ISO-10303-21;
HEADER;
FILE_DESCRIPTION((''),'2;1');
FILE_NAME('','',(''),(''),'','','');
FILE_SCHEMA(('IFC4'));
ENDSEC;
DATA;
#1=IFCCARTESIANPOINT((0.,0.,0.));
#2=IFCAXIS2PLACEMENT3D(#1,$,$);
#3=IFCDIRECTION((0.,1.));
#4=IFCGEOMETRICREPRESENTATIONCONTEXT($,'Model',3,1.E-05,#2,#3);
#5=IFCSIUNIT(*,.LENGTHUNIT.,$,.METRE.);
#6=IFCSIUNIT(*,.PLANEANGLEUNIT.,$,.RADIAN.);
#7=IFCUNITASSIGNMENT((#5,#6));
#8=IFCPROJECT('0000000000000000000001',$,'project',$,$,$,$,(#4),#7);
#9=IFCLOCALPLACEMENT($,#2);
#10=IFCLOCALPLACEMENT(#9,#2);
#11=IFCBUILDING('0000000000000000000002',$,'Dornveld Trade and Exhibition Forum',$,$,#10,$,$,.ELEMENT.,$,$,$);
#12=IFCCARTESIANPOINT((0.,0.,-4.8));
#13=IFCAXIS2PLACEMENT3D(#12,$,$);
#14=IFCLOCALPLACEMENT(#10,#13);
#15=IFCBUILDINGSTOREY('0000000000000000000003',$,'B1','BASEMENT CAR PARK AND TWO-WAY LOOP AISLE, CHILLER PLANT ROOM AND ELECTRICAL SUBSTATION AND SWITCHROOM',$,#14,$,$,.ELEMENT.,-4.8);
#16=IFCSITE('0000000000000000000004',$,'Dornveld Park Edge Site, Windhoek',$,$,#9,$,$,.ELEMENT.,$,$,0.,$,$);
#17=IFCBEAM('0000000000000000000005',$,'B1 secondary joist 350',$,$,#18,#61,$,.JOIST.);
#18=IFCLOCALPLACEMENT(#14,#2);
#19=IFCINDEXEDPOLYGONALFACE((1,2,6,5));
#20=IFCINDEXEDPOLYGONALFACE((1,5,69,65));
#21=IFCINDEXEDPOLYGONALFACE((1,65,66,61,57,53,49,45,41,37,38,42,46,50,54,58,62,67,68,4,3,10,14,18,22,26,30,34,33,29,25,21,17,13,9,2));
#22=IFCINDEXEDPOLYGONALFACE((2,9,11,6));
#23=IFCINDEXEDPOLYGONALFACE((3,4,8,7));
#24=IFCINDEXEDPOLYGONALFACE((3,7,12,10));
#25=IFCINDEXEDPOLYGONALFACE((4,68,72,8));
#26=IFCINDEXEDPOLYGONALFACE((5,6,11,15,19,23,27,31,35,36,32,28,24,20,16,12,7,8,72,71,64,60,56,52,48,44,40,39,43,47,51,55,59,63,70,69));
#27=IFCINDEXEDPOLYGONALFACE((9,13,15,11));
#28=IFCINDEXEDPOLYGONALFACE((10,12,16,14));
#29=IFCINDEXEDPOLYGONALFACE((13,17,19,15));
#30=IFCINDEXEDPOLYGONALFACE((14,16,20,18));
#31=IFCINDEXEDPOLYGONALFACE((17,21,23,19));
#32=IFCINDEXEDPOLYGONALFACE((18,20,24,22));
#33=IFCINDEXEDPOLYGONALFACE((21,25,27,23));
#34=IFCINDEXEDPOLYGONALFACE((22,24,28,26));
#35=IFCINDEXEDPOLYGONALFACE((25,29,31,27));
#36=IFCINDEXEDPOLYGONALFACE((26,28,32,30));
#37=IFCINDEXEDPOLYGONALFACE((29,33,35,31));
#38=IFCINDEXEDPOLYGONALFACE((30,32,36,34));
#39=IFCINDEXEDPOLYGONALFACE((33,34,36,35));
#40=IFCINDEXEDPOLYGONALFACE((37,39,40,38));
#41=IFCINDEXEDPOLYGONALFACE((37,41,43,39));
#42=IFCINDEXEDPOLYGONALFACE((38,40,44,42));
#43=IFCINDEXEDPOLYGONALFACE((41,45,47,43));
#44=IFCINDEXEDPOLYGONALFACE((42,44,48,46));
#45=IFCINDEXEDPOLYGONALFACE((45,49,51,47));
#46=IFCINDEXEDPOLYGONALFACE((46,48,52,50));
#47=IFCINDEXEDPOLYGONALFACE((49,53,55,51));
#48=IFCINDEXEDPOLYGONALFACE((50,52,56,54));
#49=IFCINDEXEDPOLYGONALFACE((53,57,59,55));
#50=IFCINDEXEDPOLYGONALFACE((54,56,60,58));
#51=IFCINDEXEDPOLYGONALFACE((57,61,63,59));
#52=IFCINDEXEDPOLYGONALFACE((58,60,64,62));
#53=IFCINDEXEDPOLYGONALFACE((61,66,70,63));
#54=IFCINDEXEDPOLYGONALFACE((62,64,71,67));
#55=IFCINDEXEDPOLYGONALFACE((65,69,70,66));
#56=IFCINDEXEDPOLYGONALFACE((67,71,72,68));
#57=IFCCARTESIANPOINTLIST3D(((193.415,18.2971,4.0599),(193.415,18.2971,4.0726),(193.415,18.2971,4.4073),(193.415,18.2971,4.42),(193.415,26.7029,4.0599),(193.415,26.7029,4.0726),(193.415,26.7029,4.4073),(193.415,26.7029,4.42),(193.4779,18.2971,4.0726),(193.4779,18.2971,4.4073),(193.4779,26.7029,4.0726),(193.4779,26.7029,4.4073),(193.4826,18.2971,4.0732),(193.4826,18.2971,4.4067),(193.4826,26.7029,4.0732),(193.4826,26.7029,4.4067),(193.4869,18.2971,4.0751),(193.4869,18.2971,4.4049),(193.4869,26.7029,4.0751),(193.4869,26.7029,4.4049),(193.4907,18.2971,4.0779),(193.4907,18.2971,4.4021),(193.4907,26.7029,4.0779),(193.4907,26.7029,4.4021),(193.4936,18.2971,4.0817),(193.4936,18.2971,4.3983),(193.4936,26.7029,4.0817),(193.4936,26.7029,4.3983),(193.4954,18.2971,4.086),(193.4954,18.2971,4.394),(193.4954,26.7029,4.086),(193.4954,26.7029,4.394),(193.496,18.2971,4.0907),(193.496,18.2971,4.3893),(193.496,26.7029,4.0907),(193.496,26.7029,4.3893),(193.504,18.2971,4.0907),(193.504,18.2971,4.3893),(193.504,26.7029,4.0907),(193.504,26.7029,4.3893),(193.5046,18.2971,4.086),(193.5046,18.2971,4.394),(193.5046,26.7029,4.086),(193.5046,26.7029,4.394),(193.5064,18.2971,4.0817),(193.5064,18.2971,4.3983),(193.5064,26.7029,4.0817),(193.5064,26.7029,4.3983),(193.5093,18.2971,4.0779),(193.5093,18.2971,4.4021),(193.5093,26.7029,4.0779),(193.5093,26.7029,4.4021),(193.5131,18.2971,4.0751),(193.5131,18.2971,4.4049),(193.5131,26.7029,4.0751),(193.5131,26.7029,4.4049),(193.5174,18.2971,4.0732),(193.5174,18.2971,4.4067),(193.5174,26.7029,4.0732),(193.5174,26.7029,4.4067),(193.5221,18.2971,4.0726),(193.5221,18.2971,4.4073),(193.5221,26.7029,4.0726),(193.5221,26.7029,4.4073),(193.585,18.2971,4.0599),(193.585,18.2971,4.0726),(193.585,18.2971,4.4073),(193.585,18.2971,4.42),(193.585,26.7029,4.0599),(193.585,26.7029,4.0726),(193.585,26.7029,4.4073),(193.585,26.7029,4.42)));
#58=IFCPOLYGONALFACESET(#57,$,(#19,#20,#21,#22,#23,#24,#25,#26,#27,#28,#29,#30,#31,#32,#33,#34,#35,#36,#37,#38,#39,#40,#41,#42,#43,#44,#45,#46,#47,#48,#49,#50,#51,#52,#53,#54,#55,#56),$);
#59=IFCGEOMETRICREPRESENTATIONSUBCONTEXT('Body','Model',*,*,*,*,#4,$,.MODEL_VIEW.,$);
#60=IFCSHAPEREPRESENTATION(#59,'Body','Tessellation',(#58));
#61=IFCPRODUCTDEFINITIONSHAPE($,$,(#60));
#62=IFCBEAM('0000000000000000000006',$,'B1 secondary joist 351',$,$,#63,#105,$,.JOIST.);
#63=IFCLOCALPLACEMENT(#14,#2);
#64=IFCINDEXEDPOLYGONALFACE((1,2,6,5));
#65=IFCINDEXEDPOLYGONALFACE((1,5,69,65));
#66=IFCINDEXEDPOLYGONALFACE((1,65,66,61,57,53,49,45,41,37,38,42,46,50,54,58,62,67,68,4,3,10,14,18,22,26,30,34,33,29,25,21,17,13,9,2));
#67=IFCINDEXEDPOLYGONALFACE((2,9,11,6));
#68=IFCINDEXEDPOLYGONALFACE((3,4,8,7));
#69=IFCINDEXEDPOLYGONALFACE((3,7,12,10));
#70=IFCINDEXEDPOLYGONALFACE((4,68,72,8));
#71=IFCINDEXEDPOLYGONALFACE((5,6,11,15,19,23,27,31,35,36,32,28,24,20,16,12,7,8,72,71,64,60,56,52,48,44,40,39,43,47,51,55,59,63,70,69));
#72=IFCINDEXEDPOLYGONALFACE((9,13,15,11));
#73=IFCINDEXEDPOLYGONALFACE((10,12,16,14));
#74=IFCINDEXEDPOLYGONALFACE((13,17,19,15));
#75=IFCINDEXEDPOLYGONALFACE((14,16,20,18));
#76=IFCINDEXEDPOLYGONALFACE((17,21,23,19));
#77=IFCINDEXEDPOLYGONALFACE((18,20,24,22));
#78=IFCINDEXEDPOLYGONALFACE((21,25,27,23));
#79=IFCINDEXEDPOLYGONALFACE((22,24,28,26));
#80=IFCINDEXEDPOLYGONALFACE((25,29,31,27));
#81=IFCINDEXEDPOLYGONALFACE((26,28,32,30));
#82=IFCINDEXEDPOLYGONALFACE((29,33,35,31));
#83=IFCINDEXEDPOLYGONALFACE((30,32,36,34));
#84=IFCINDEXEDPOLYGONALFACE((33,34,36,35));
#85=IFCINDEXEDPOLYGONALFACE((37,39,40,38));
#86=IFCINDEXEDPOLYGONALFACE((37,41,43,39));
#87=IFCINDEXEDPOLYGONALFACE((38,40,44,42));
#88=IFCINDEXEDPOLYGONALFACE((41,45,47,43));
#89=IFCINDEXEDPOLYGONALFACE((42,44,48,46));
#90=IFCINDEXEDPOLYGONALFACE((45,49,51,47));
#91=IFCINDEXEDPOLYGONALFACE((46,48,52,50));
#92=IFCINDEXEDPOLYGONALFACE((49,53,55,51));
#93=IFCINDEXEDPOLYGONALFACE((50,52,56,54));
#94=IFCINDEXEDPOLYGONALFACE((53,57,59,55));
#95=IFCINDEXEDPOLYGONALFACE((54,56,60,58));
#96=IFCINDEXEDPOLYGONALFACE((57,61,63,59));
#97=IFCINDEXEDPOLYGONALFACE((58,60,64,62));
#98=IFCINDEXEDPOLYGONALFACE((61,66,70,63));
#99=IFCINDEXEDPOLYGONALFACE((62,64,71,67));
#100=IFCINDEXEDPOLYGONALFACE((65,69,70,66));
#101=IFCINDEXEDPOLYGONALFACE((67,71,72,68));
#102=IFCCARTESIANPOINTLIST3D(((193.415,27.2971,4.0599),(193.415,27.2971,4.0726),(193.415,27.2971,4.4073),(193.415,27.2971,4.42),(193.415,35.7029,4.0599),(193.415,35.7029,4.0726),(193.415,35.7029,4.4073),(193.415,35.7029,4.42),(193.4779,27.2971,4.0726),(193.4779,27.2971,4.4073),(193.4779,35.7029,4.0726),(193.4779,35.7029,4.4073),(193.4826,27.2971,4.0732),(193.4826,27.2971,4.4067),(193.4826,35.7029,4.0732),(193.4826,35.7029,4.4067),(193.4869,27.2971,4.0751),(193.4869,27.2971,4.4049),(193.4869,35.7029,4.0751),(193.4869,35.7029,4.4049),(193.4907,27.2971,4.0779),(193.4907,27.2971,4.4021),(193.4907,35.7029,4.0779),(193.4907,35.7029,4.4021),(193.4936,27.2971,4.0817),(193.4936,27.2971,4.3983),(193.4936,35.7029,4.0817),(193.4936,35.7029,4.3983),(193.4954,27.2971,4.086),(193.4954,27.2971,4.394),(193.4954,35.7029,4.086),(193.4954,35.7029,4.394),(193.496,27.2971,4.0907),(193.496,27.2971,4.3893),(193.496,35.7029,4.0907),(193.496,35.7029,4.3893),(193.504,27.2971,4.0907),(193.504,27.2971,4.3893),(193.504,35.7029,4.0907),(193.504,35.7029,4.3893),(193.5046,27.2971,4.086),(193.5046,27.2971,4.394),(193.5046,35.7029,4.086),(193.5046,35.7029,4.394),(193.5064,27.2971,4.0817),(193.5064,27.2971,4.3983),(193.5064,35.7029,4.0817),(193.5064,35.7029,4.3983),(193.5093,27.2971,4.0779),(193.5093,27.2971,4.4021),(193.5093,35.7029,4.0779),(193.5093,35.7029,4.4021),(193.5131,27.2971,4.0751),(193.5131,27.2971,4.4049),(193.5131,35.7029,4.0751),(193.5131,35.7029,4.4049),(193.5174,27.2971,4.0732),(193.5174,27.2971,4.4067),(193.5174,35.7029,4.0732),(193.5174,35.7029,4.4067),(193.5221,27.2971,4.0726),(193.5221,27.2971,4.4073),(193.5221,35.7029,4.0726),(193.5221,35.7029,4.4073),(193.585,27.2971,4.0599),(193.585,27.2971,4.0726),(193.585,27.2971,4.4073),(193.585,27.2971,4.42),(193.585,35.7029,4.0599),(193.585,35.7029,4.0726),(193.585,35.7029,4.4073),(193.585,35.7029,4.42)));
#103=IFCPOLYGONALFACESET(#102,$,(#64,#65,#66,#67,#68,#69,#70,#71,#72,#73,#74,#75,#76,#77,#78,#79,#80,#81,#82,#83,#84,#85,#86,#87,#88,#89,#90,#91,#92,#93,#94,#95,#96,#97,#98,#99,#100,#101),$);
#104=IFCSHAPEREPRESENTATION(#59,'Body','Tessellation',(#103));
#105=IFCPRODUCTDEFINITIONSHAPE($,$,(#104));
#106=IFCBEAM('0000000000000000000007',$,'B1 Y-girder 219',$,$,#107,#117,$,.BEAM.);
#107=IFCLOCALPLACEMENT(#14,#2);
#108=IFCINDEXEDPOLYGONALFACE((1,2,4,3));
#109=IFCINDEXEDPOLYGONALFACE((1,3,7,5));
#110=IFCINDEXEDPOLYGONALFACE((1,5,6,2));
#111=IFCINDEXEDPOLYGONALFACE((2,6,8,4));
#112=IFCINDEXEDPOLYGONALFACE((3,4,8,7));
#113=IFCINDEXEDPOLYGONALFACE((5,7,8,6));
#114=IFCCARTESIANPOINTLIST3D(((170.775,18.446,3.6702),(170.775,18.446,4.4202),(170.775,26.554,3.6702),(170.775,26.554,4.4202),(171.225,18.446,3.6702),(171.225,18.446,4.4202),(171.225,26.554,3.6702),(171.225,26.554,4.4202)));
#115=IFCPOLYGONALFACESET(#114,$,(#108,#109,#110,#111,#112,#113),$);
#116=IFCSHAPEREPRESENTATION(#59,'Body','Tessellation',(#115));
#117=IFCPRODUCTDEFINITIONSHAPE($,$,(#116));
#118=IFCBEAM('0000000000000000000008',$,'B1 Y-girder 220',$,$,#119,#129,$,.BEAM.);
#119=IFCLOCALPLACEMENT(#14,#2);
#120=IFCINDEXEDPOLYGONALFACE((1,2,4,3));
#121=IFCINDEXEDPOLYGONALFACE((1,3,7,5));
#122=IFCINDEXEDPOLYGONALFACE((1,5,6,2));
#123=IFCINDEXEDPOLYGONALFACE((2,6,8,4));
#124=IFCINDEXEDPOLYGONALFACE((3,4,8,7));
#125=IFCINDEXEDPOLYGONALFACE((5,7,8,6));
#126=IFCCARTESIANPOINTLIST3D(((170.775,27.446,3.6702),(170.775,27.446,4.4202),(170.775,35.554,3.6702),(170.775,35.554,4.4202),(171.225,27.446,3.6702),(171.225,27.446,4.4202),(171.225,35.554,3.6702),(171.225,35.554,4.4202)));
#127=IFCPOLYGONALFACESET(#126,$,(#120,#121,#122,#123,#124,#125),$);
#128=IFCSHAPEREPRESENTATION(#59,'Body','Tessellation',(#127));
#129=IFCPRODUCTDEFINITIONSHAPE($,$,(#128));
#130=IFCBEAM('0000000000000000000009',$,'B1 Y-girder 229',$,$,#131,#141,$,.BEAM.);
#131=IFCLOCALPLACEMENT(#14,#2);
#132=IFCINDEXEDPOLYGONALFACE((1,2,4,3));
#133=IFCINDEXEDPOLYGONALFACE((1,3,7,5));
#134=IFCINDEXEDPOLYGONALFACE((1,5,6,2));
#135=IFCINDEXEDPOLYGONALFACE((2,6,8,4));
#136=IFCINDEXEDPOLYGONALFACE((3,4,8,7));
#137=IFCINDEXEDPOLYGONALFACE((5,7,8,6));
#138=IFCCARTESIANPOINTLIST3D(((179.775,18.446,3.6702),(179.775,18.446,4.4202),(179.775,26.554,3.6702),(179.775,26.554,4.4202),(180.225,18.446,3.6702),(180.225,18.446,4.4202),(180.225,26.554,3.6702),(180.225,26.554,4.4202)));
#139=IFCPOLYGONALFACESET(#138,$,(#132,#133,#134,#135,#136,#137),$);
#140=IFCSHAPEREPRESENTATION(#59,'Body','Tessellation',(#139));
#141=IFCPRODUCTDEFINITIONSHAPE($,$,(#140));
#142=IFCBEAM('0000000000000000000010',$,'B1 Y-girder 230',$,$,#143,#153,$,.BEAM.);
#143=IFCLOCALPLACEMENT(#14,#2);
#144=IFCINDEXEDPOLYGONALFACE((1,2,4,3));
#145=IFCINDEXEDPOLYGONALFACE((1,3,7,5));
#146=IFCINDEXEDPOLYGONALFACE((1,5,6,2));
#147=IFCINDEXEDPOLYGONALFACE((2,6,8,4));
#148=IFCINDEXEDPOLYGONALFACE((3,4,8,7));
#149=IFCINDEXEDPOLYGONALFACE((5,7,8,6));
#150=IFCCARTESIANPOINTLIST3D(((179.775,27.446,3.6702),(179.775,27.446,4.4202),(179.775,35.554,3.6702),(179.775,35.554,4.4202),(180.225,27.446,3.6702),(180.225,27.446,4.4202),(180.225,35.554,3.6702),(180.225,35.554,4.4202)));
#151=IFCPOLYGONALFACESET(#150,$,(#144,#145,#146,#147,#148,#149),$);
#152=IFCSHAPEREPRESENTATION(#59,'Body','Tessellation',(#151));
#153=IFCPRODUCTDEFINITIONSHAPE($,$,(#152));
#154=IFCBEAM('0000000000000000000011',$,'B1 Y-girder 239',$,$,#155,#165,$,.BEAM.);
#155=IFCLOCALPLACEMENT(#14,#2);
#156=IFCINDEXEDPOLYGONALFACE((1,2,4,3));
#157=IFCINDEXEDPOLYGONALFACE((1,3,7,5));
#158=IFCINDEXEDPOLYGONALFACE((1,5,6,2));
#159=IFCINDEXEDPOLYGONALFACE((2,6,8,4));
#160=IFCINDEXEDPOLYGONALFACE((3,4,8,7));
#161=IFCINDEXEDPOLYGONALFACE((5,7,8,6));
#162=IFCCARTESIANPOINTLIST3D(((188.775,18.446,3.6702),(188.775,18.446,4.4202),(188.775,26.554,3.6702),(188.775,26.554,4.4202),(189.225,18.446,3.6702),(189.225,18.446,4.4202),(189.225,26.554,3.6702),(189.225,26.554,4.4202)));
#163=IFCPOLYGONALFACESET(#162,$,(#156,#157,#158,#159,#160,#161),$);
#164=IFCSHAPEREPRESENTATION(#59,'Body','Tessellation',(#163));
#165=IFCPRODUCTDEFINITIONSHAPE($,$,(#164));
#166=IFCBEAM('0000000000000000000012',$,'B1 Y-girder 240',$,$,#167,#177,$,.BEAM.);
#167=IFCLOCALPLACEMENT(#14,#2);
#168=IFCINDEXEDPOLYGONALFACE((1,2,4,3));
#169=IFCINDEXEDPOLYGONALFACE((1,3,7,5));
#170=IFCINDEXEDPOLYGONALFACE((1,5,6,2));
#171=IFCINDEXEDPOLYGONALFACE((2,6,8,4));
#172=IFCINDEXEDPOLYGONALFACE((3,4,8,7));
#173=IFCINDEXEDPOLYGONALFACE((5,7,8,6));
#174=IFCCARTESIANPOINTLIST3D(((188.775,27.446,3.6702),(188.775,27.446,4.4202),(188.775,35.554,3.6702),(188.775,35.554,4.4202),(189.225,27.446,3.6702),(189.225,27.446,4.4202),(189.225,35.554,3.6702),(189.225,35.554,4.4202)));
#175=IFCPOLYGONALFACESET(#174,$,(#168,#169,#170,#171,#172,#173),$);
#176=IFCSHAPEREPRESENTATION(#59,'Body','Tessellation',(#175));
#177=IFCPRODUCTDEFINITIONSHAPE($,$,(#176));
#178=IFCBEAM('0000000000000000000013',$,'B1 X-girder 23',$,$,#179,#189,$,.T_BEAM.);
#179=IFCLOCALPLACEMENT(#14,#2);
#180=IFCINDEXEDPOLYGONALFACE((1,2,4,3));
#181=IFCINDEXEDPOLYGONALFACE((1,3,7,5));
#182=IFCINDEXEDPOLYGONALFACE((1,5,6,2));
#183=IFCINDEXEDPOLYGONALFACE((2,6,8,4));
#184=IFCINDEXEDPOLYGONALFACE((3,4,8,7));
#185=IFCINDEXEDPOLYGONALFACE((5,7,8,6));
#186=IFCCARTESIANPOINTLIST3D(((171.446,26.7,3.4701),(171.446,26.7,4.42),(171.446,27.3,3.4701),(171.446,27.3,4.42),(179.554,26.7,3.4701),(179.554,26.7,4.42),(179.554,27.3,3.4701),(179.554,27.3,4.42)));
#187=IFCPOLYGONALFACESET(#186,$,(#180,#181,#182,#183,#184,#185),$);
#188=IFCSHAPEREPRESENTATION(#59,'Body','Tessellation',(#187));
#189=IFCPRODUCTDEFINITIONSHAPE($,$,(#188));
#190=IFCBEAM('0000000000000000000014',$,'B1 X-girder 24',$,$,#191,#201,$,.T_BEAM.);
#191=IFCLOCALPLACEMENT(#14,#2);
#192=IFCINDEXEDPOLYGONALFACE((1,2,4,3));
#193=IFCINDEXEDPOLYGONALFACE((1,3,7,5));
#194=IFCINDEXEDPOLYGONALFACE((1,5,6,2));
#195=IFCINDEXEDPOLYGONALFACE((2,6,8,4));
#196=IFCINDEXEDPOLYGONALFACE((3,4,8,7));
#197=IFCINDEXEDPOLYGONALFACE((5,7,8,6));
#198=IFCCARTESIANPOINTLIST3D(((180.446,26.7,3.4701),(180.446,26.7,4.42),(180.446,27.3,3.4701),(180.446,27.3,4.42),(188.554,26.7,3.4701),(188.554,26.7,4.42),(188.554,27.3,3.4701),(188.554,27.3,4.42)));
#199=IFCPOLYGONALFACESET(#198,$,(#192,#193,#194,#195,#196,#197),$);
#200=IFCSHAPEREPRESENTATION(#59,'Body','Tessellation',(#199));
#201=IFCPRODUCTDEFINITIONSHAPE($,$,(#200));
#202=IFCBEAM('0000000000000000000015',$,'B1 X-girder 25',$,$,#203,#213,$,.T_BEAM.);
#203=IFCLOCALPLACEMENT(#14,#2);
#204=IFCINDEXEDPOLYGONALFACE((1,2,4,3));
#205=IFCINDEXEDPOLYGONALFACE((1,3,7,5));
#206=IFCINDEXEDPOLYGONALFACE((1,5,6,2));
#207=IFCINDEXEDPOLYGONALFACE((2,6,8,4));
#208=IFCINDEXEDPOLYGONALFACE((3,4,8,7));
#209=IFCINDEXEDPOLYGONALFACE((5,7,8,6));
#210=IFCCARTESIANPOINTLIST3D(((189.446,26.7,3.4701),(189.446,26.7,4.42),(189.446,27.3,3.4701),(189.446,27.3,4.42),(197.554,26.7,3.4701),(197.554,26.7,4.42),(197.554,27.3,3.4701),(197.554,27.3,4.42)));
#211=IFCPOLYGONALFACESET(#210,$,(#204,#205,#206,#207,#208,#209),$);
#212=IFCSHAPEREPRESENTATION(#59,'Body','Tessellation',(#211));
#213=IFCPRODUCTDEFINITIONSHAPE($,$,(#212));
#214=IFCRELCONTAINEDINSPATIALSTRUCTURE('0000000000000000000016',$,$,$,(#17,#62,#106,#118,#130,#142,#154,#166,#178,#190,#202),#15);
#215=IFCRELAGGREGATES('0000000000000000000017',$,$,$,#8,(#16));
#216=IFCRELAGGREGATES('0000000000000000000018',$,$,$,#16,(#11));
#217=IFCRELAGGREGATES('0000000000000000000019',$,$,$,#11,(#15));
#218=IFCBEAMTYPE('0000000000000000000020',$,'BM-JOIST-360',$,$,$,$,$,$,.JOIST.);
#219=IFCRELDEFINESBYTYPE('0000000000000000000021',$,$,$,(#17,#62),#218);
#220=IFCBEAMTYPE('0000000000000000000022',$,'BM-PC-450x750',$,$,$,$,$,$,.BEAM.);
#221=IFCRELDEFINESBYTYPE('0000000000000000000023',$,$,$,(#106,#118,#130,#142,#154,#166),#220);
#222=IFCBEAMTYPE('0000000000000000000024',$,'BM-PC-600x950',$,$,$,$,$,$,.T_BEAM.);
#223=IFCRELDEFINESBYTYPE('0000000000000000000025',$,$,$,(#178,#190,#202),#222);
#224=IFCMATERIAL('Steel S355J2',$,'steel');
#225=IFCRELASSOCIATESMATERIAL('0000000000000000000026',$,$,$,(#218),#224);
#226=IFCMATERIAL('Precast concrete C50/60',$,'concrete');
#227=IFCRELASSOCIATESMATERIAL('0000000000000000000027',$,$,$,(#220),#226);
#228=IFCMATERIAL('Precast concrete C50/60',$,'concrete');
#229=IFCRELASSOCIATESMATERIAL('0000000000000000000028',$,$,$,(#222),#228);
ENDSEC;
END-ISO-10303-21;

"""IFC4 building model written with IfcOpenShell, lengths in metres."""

from ifc_helpers import new_model, si_unit, direction, frame, origin, origin_2d, place, context, subcontext, project, spatial, rectangle, i_section, extrude, material, material_profile, profile_set, type_object, element, save


model = new_model("IFC4")

# Units and contexts
model_context = context("Model", 3, precision=1e-05, world=origin(), true_north=direction((0.0, 1.0)))
body_context = subcontext(model_context, "Body", "Model", "MODEL_VIEW")
ifc_project = project(units=[si_unit("LENGTHUNIT", "METRE"), si_unit("PLANEANGLEUNIT", "RADIAN")], contexts=[model_context])

# Site, building, storey
site_placement = place(None, origin())
site = spatial("IfcSite", under=ifc_project, at=site_placement, Name="Dornveld Park Edge Site, Windhoek", CompositionType="ELEMENT", RefElevation=0.0)
building_placement = place(site_placement, origin())
building = spatial("IfcBuilding", under=site, at=building_placement, Name="Dornveld Trade and Exhibition Forum", CompositionType="ELEMENT")
storey_placement = place(building_placement, frame((0.0, 0.0, -4.8)))
storey = spatial("IfcBuildingStorey", under=building, at=storey_placement, Name="B1", Description="BASEMENT CAR PARK AND TWO-WAY LOOP AISLE, CHILLER PLANT ROOM AND ELECTRICAL SUBSTATION AND SWITCHROOM", CompositionType="ELEMENT", Elevation=-4.8)

# Beams
ifc_material_1 = material(Name="Steel S355J2", Category="steel")
ifc_material_profile_1 = material_profile(ifc_material_1, i_section(OverallWidth=0.1699, OverallDepth=0.3601, WebThickness=0.0081, FlangeThickness=0.0127, FilletRadius=0.0181, at=origin_2d()), Name="IPE 360")
ifc_profile_set_1 = profile_set([ifc_material_profile_1], Name="Steel S355J2")
beam_type_1 = type_object("IfcBeamType", Name="BM-JOIST-360", PredefinedType="JOIST", material=ifc_profile_set_1)
for number, where, z_axis, x_axis, name in (
    (1, (193.5, 18.2971, 4.24), (0.0, 1.0, 0.0), (-1.0, 0.0, 0.0), "B1 secondary joist 350"),
    (2, (193.5, 27.2971, 4.24), (0.0, 1.0, 0.0), (-1.0, 0.0, 0.0), "B1 secondary joist 351"),
):
    element("IfcBeam", number, at=place(storey_placement, frame(where, z_axis=z_axis, x_axis=x_axis)), inside=storey, type_object=beam_type_1, Name=name, PredefinedType="JOIST", context=body_context, shape_type="SweptSolid", body=[
        extrude(i_section(OverallWidth=0.1699, OverallDepth=0.3601, WebThickness=0.0081, FlangeThickness=0.0127, FilletRadius=0.0181, at=origin_2d()), origin(), (0.0, 0.0, 1.0), 8.4058),
    ])
ifc_material_2 = material(Name="Precast concrete C50/60", Category="concrete")
ifc_material_profile_2 = material_profile(ifc_material_2, rectangle(XDim=0.45, YDim=0.75, at=origin_2d()), Name="PC-BM 450x750")
ifc_profile_set_2 = profile_set([ifc_material_profile_2], Name="Precast concrete C50/60")
beam_type_2 = type_object("IfcBeamType", Name="BM-PC-450x750", PredefinedType="BEAM", material=ifc_profile_set_2)
for number, where, z_axis, x_axis, name in (
    (3, (171.0, 18.446, 4.0452), (0.0, 1.0, 0.0), (-1.0, 0.0, 0.0), "B1 Y-girder 219"),
    (4, (171.0, 27.446, 4.0452), (0.0, 1.0, 0.0), (-1.0, 0.0, 0.0), "B1 Y-girder 220"),
    (5, (180.0, 18.446, 4.0452), (0.0, 1.0, 0.0), (-1.0, 0.0, 0.0), "B1 Y-girder 229"),
    (6, (180.0, 27.446, 4.0452), (0.0, 1.0, 0.0), (-1.0, 0.0, 0.0), "B1 Y-girder 230"),
    (7, (189.0, 18.446, 4.0452), (0.0, 1.0, 0.0), (-1.0, 0.0, 0.0), "B1 Y-girder 239"),
    (8, (189.0, 27.446, 4.0452), (0.0, 1.0, 0.0), (-1.0, 0.0, 0.0), "B1 Y-girder 240"),
):
    element("IfcBeam", number, at=place(storey_placement, frame(where, z_axis=z_axis, x_axis=x_axis)), inside=storey, type_object=beam_type_2, Name=name, PredefinedType="BEAM", context=body_context, shape_type="SweptSolid", body=[
        extrude(rectangle(XDim=0.45, YDim=0.75, at=origin_2d()), origin(), (0.0, 0.0, 1.0), 8.1079),
    ])
ifc_material_3 = material(Name="Precast concrete C50/60", Category="concrete")
ifc_material_profile_3 = material_profile(ifc_material_3, rectangle(XDim=0.6001, YDim=0.95, at=origin_2d()), Name="PC-GIR 600x950")
ifc_profile_set_3 = profile_set([ifc_material_profile_3], Name="Precast concrete C50/60")
beam_type_3 = type_object("IfcBeamType", Name="BM-PC-600x950", PredefinedType="T_BEAM", material=ifc_profile_set_3)
for number, where, z_axis, x_axis, name in (
    (9, (171.446, 27.0, 3.9451), (1.0, 0.0, 0.0), (0.0, 1.0, 0.0), "B1 X-girder 23"),
    (10, (180.446, 27.0, 3.9451), (1.0, 0.0, 0.0), (0.0, 1.0, 0.0), "B1 X-girder 24"),
    (11, (189.446, 27.0, 3.9451), (1.0, 0.0, 0.0), (0.0, 1.0, 0.0), "B1 X-girder 25"),
):
    element("IfcBeam", number, at=place(storey_placement, frame(where, z_axis=z_axis, x_axis=x_axis)), inside=storey, type_object=beam_type_3, Name=name, PredefinedType="T_BEAM", context=body_context, shape_type="SweptSolid", body=[
        extrude(rectangle(XDim=0.6001, YDim=0.95, at=origin_2d()), origin(), (0.0, 0.0, 1.0), 8.1079),
    ])

save(model, "model.ifc")
